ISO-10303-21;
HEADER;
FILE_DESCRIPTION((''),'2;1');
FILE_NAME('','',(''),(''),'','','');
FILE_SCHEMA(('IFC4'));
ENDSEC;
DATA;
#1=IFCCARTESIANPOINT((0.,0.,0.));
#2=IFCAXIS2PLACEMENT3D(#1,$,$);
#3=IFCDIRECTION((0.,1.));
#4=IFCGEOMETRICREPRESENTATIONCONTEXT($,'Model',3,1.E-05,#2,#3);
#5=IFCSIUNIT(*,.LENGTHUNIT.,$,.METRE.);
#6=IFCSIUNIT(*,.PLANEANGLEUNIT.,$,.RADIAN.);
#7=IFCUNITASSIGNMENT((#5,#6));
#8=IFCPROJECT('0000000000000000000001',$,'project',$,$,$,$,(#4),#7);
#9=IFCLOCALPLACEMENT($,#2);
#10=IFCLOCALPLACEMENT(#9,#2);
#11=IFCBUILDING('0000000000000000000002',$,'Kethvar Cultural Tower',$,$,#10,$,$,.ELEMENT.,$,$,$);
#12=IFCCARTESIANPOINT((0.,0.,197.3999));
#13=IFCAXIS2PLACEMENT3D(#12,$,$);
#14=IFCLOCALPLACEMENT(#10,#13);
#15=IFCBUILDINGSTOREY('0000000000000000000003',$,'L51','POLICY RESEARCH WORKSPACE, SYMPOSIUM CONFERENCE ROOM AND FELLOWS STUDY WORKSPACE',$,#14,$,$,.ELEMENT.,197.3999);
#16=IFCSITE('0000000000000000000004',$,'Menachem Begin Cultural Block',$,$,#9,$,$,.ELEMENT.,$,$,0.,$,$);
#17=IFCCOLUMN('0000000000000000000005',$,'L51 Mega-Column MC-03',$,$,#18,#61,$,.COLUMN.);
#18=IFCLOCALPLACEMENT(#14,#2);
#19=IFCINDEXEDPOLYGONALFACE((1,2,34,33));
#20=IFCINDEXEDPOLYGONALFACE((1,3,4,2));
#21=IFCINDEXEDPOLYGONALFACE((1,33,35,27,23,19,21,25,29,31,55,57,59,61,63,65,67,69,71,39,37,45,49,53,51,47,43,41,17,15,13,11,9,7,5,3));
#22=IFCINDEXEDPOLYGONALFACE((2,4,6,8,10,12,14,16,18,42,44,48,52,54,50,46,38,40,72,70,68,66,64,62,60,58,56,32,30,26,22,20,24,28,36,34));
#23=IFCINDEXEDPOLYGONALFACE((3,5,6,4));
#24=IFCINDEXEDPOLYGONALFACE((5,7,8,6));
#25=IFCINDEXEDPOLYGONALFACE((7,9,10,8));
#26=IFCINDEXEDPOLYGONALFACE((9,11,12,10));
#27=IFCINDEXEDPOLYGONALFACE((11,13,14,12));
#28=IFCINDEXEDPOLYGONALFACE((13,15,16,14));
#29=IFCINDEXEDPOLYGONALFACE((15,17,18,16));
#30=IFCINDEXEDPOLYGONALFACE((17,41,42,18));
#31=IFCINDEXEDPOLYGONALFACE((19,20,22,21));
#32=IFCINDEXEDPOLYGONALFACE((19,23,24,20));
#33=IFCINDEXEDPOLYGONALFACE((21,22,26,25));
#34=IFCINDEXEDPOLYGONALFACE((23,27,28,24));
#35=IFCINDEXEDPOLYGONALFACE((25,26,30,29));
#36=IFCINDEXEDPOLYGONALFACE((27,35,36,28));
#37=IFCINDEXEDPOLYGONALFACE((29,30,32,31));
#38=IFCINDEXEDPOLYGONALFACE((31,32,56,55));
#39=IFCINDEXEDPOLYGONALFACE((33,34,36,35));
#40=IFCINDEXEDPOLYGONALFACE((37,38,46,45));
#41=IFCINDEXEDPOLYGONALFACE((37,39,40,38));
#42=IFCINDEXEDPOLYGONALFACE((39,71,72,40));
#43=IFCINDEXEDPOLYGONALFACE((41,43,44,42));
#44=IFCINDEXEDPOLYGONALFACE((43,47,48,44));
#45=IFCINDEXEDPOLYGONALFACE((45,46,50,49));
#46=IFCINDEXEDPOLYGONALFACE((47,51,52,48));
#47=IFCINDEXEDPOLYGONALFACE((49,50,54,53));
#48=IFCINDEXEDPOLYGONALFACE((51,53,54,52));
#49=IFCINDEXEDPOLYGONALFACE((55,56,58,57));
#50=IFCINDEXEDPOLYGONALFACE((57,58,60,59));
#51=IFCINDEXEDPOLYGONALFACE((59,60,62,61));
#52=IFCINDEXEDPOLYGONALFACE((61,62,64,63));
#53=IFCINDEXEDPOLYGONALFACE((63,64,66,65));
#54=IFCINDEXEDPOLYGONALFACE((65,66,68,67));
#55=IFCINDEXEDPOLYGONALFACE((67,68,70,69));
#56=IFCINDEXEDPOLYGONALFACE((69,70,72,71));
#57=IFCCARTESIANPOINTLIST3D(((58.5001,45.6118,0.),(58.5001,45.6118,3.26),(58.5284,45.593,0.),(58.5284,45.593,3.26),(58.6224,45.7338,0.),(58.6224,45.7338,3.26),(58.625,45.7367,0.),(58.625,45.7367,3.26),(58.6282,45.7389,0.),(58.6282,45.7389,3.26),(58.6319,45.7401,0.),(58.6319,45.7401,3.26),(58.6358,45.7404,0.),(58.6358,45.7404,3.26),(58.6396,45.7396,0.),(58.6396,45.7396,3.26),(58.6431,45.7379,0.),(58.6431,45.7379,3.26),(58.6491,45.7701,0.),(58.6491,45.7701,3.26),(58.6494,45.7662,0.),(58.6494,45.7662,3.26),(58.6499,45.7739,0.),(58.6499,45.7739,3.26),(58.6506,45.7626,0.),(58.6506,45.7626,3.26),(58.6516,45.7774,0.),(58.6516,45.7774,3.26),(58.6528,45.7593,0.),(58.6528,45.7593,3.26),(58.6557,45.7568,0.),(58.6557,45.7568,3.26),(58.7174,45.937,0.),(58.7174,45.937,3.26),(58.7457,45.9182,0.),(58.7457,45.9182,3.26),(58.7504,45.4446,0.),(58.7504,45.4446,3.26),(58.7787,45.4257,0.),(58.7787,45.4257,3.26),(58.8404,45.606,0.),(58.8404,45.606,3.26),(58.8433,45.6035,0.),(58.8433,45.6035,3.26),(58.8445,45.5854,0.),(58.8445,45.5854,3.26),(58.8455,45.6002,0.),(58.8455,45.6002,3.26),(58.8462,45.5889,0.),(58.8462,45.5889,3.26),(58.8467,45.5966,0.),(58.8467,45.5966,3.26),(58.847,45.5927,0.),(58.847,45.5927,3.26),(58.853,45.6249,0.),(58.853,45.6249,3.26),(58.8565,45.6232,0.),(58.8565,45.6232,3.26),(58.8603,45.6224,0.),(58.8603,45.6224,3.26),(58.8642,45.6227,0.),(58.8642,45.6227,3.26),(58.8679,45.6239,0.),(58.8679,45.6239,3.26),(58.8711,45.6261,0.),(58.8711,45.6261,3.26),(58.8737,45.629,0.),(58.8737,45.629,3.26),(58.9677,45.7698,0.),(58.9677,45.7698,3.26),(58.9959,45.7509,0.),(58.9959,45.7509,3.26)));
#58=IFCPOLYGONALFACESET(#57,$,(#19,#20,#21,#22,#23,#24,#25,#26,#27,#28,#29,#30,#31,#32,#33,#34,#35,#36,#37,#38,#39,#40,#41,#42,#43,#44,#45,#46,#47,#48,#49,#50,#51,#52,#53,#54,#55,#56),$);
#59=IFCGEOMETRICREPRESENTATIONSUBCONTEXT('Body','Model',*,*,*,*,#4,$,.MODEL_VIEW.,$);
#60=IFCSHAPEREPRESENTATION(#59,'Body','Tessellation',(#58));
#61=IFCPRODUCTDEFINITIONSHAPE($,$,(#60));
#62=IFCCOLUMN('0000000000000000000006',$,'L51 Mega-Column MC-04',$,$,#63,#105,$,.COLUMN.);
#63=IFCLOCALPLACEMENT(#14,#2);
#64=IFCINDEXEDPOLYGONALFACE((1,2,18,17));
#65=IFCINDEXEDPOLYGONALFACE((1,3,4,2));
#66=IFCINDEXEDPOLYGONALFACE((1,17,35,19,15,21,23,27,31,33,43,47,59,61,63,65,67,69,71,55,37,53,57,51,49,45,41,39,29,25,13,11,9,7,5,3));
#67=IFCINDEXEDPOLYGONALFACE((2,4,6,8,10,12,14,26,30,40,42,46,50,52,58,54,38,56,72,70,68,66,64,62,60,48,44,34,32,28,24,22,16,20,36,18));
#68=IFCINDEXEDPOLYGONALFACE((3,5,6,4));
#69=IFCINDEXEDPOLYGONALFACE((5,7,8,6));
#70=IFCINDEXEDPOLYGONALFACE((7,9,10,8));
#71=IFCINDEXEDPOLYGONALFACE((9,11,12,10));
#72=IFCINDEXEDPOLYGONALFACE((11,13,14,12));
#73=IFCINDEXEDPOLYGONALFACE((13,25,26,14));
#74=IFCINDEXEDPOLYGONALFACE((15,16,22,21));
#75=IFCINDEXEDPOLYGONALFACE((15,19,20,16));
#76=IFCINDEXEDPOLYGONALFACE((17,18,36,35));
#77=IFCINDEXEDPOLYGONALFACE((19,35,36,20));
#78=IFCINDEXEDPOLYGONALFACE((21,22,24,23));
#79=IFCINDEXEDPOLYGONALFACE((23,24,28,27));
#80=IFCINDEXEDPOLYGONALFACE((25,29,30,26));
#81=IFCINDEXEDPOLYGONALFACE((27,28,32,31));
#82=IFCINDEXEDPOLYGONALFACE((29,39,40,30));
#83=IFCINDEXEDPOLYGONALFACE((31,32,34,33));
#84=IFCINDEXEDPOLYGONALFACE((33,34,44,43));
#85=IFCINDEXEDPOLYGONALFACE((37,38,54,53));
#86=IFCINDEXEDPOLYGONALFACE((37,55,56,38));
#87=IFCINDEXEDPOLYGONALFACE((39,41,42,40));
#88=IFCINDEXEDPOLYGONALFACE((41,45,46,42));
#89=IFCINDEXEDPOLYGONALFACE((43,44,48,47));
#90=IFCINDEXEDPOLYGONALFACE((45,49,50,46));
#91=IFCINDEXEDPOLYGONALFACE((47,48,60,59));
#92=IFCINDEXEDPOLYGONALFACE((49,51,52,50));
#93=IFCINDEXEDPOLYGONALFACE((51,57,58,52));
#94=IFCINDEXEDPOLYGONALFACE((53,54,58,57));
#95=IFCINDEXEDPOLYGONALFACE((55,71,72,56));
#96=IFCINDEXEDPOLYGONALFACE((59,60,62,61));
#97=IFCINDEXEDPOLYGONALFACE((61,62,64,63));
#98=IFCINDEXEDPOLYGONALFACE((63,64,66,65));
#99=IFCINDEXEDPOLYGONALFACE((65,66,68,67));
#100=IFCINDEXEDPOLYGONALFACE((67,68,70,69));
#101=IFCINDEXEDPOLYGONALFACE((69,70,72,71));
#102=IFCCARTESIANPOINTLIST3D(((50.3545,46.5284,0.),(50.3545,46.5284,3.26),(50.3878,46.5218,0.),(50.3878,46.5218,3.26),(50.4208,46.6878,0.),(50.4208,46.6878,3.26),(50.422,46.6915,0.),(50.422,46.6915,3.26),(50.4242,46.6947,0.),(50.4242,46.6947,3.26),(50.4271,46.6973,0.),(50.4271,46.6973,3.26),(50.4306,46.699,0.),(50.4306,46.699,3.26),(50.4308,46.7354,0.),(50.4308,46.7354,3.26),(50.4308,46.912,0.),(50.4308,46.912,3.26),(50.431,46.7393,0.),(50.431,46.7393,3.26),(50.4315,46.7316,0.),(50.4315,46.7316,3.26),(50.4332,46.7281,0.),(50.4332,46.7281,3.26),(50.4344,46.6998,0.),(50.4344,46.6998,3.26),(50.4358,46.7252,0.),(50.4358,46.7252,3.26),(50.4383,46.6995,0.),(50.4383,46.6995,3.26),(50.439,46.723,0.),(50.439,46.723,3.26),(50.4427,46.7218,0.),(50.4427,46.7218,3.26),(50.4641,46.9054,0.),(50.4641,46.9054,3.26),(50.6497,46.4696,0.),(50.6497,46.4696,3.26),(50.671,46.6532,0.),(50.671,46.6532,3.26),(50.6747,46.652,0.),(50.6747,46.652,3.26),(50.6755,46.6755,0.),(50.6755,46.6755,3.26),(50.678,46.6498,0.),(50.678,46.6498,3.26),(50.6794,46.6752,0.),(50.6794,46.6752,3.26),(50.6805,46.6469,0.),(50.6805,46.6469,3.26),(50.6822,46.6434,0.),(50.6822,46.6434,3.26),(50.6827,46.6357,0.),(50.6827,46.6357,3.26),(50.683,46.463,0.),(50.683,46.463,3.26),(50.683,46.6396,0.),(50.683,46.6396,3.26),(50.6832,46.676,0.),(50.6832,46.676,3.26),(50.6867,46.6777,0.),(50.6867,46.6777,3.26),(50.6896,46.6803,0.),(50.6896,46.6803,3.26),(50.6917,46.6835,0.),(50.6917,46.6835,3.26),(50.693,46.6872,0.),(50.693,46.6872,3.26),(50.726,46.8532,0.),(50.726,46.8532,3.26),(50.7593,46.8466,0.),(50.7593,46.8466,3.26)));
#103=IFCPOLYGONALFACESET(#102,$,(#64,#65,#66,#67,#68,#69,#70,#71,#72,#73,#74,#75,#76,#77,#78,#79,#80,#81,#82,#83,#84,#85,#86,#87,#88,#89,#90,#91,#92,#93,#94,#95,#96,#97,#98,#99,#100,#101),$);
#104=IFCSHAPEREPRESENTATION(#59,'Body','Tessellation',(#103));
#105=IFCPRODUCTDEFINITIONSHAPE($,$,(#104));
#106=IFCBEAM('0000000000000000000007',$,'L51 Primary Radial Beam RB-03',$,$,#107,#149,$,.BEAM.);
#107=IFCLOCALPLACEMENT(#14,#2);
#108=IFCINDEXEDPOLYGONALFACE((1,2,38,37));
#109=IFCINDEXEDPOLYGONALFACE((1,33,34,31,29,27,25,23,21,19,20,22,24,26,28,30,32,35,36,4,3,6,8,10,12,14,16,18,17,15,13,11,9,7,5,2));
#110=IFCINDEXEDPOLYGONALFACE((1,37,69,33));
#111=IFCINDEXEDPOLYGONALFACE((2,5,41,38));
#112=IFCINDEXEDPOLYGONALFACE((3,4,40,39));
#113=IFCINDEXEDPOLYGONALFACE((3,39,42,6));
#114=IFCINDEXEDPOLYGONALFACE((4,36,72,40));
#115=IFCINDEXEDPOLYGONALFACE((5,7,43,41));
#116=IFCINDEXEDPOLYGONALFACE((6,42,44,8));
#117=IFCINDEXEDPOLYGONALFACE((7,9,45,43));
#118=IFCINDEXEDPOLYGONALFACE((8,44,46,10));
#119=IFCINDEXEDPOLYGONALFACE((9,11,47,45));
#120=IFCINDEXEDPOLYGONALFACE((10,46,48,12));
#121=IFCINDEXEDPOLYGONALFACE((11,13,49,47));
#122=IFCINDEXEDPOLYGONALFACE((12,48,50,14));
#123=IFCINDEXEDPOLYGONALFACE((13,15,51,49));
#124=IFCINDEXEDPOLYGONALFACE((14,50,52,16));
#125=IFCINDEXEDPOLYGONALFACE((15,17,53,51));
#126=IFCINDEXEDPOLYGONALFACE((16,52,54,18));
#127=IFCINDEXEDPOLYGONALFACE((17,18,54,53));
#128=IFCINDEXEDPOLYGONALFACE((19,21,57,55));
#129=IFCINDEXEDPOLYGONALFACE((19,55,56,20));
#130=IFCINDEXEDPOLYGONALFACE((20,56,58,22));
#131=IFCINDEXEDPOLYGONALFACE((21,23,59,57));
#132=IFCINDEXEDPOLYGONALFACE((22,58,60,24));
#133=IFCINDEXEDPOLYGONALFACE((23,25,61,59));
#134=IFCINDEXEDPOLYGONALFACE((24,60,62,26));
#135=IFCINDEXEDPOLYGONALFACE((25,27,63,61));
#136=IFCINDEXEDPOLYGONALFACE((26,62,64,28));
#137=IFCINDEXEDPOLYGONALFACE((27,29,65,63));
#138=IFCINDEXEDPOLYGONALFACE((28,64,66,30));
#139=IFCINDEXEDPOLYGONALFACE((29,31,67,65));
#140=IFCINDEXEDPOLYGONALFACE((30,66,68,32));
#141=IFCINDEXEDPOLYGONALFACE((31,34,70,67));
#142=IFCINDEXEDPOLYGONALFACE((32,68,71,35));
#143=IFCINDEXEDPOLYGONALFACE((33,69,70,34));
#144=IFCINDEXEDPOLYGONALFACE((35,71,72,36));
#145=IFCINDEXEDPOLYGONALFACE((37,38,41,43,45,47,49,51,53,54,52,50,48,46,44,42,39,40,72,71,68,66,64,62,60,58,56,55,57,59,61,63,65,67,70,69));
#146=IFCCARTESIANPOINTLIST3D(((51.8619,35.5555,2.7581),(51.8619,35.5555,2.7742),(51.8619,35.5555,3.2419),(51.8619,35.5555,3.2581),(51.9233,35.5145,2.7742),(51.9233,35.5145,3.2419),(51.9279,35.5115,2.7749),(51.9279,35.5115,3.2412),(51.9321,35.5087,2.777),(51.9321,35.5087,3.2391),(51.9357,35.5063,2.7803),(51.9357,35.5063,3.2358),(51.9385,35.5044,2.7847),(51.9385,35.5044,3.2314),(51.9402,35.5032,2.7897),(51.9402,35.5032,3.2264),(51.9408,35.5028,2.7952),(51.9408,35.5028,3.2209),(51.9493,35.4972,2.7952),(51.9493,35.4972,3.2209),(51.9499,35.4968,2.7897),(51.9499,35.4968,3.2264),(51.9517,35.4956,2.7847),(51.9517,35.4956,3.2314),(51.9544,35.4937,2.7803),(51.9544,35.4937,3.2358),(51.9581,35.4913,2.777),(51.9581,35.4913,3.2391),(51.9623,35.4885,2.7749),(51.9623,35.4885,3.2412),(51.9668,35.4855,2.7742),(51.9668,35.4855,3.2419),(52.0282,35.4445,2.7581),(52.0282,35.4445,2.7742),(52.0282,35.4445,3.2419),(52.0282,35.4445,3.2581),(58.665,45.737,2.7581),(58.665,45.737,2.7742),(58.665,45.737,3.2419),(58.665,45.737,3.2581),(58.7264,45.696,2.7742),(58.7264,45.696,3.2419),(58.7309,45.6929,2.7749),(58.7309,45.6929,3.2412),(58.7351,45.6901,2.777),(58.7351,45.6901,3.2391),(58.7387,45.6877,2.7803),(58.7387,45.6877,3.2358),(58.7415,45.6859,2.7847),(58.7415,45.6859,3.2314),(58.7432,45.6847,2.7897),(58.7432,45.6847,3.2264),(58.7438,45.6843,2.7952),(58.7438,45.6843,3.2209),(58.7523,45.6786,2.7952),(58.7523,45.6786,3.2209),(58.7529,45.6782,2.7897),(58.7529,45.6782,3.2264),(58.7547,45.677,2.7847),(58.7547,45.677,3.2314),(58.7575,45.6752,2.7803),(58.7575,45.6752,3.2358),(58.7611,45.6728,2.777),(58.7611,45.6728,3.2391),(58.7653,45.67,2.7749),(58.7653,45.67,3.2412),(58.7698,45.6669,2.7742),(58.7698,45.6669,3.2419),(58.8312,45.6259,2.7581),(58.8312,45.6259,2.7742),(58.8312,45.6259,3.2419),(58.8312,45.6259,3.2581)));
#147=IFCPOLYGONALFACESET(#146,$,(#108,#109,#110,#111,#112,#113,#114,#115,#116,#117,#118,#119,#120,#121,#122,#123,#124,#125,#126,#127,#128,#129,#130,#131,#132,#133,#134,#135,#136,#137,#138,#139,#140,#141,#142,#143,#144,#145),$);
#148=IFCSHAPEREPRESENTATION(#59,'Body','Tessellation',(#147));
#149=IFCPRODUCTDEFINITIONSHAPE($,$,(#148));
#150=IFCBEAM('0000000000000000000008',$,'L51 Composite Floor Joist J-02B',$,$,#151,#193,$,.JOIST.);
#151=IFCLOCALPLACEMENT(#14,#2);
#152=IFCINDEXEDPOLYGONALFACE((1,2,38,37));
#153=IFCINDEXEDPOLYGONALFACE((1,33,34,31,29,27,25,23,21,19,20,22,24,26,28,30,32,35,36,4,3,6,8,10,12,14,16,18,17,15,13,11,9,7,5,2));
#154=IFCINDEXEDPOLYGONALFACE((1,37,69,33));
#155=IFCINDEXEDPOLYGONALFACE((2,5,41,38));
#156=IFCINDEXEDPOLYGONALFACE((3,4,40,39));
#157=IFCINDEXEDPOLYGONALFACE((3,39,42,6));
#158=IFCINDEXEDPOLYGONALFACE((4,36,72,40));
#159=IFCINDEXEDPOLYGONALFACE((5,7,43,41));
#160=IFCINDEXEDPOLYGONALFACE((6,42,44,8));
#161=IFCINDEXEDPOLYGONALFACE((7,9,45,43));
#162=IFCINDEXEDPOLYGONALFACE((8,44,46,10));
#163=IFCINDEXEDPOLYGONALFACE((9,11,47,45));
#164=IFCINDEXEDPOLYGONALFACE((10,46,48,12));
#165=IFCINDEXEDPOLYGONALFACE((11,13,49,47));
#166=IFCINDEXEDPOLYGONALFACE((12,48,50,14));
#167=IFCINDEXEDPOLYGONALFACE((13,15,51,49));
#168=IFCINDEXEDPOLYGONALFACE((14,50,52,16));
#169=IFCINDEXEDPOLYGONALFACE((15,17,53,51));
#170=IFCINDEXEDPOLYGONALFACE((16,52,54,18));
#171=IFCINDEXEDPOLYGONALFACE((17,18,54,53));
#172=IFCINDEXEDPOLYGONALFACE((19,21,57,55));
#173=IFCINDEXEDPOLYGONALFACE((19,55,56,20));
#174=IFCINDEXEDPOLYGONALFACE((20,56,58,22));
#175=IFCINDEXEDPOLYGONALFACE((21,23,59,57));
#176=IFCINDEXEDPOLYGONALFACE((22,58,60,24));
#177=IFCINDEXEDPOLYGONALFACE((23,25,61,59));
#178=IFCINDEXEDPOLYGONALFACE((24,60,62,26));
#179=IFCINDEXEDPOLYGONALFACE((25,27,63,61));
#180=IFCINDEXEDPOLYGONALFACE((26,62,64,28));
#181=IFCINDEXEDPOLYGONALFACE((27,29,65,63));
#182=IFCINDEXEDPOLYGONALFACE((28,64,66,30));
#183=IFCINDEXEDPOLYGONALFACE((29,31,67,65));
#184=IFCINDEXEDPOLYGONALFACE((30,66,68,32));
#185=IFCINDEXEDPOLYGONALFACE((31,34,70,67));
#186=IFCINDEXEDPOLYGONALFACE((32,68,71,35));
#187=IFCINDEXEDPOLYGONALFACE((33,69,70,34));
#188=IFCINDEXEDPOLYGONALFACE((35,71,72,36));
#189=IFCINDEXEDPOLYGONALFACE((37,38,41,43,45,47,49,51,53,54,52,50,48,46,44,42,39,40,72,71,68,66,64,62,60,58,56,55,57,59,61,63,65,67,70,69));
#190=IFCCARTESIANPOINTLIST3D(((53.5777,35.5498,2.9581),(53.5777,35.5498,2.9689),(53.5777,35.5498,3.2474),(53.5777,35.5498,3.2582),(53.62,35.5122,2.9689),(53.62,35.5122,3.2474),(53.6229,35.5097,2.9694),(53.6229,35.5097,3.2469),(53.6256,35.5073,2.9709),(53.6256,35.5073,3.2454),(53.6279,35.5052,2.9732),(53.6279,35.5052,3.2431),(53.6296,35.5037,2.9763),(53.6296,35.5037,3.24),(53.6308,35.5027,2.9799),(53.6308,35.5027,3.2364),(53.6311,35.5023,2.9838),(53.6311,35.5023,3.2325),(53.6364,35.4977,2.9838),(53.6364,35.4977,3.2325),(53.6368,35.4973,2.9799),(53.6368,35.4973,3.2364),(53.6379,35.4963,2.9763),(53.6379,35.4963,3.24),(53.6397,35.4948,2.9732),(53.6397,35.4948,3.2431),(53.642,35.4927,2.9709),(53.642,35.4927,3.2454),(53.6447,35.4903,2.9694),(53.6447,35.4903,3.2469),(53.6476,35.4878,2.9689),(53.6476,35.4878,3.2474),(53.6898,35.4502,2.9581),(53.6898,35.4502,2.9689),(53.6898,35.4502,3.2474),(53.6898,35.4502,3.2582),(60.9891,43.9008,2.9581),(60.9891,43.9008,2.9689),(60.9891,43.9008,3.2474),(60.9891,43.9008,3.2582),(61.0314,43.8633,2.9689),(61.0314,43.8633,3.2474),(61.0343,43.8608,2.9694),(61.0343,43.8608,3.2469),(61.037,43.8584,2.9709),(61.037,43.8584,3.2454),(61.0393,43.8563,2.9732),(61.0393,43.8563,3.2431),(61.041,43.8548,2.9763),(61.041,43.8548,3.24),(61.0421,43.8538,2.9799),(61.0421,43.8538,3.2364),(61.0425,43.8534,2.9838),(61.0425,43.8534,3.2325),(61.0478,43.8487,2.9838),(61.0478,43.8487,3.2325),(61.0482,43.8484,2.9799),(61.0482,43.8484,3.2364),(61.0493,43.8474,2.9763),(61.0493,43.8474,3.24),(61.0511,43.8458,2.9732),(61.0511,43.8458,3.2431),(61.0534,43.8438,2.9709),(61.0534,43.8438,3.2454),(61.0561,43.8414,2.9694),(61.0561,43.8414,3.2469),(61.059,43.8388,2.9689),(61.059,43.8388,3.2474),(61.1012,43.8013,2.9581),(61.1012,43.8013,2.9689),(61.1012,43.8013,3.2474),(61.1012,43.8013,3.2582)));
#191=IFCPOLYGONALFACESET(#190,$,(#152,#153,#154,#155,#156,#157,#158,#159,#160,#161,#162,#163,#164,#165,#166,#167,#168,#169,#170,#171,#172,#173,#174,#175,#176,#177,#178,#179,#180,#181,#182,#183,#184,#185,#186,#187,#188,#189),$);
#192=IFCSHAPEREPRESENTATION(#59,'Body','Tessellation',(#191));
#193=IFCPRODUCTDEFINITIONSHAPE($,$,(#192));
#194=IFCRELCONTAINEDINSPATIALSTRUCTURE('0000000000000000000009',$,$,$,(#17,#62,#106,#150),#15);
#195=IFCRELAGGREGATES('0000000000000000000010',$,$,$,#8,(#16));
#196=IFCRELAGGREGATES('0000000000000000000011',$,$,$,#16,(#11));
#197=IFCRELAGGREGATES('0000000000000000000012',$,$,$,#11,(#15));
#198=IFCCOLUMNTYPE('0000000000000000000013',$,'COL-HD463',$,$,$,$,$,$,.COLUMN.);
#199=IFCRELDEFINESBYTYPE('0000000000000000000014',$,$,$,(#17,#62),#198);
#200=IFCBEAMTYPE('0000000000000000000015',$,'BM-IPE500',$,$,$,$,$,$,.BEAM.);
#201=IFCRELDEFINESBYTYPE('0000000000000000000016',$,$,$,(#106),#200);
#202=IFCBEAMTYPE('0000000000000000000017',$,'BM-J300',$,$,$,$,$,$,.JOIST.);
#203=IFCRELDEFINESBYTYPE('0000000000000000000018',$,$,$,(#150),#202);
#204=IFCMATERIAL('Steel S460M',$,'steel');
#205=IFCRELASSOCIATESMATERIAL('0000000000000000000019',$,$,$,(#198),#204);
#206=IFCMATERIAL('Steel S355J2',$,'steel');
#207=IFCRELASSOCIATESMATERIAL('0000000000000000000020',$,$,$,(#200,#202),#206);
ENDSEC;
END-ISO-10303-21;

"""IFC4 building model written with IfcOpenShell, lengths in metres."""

from ifc_helpers import new_model, si_unit, direction, frame, origin, origin_2d, place, context, subcontext, project, spatial, i_section, extrude, source, transform, mapped, material, material_profile, profile_set, type_object, element, save


model = new_model("IFC4")

# Units and contexts
model_context = context("Model", 3, precision=1e-05, world=origin(), true_north=direction((0.0, 1.0)))
body_context = subcontext(model_context, "Body", "Model", "MODEL_VIEW")
ifc_project = project(units=[si_unit("LENGTHUNIT", "METRE"), si_unit("PLANEANGLEUNIT", "RADIAN")], contexts=[model_context])

# Site, building, storey
site_placement = place(None, origin())
site = spatial("IfcSite", under=ifc_project, at=site_placement, Name="Menachem Begin Cultural Block", CompositionType="ELEMENT", RefElevation=0.0)
building_placement = place(site_placement, origin())
building = spatial("IfcBuilding", under=site, at=building_placement, Name="Kethvar Cultural Tower", CompositionType="ELEMENT")
storey_placement = place(building_placement, frame((0.0, 0.0, 197.3999)))
storey = spatial("IfcBuildingStorey", under=building, at=storey_placement, Name="L51", Description="POLICY RESEARCH WORKSPACE, SYMPOSIUM CONFERENCE ROOM AND FELLOWS STUDY WORKSPACE", CompositionType="ELEMENT", Elevation=197.3999)

# Columns
ifc_material_1 = material(Name="Steel S460M", Category="steel")
ifc_material_profile_1 = material_profile(ifc_material_1, i_section(OverallWidth=0.3911, OverallDepth=0.335, WebThickness=0.0227, FlangeThickness=0.0339, FilletRadius=0.0149, at=origin_2d()), Name="Steel S460M — HD400x463")
ifc_profile_set_1 = profile_set([ifc_material_profile_1], Name="Steel S460M — HD400x463")
column_type = type_object("IfcColumnType", Name="COL-HD463", PredefinedType="COLUMN", material=ifc_profile_set_1)
shared_shape_1 = source(origin(), body_context, "Body", "SweptSolid", [
    extrude(i_section(OverallWidth=0.3911, OverallDepth=0.335, WebThickness=0.0227, FlangeThickness=0.0339, FilletRadius=0.0149, at=origin_2d()), origin(), (0.0, 0.0, 1.0), 3.26),
])
for number, where, z_axis, x_axis, name in (
    (1, (58.748, 45.6814, 0.0), (0.0, 0.0, 1.0), (0.55557, 0.83147, 0.0), "L51 Mega-Column MC-03"),
    (2, (50.5569, 46.6875, 0.0), (0.0, 0.0, 1.0), (0.19509, 0.980785, 0.0), "L51 Mega-Column MC-04"),
):
    element("IfcColumn", number, at=place(storey_placement, frame(where, z_axis=z_axis, x_axis=x_axis)), inside=storey, type_object=column_type, Name=name, PredefinedType="COLUMN", context=body_context, shape_type="MappedRepresentation", body=[
        mapped(shared_shape_1, transform((0.0, 0.0, 0.0), scale=1.0)),
    ])

# Beams
ifc_material_2 = material(Name="Steel S355J2", Category="steel")
ifc_material_profile_2 = material_profile(ifc_material_2, i_section(OverallWidth=0.2, OverallDepth=0.5, WebThickness=0.0103, FlangeThickness=0.0161, FilletRadius=0.021, at=origin_2d()), Name="Steel S355J2 — IPE500")
ifc_profile_set_2 = profile_set([ifc_material_profile_2], Name="Steel S355J2 — IPE500")
beam_type_1 = type_object("IfcBeamType", Name="BM-IPE500", PredefinedType="BEAM", material=ifc_profile_set_2)
shared_shape_2 = source(origin(), body_context, "Body", "SweptSolid", [
    extrude(i_section(OverallWidth=0.2, OverallDepth=0.5, WebThickness=0.0103, FlangeThickness=0.0161, FilletRadius=0.021, at=origin_2d()), origin(), (0.0, 0.0, 1.0), 12.2451),
])
beam_1_placement = place(storey_placement, frame((51.9451, 35.5, 3.0081), z_axis=(0.555569, 0.83147, 0.0), x_axis=(-0.83147, 0.555569, 0.0)))
element("IfcBeam", 3, at=beam_1_placement, inside=storey, type_object=beam_type_1, Name="L51 Primary Radial Beam RB-03", PredefinedType="BEAM", context=body_context, shape_type="MappedRepresentation", body=[
    mapped(shared_shape_2, transform((0.0, 0.0, 0.0), scale=1.0)),
])
ifc_material_profile_3 = material_profile(ifc_material_2, i_section(OverallWidth=0.1499, OverallDepth=0.3, WebThickness=0.0071, FlangeThickness=0.0107, FilletRadius=0.0149, at=origin_2d()), Name="Steel S355J2 — IPE300")
ifc_profile_set_3 = profile_set([ifc_material_profile_3], Name="Steel S355J2 — IPE300")
beam_type_2 = type_object("IfcBeamType", Name="BM-J300", PredefinedType="JOIST", material=ifc_profile_set_3)
shared_shape_3 = source(origin(), body_context, "Body", "SweptSolid", [
    extrude(i_section(OverallWidth=0.1499, OverallDepth=0.3, WebThickness=0.0071, FlangeThickness=0.0107, FilletRadius=0.0149, at=origin_2d()), origin(), (0.0, 0.0, 1.0), 11.1655),
])
beam_2_placement = place(storey_placement, frame((53.6338, 35.5, 3.1082), z_axis=(0.663773, 0.747934, 0.0), x_axis=(-0.747934, 0.663773, 0.0)))
element("IfcBeam", 4, at=beam_2_placement, inside=storey, type_object=beam_type_2, Name="L51 Composite Floor Joist J-02B", PredefinedType="JOIST", context=body_context, shape_type="MappedRepresentation", body=[
    mapped(shared_shape_3, transform((0.0, 0.0, 0.0), scale=1.0)),
])

save(model, "model.ifc")
